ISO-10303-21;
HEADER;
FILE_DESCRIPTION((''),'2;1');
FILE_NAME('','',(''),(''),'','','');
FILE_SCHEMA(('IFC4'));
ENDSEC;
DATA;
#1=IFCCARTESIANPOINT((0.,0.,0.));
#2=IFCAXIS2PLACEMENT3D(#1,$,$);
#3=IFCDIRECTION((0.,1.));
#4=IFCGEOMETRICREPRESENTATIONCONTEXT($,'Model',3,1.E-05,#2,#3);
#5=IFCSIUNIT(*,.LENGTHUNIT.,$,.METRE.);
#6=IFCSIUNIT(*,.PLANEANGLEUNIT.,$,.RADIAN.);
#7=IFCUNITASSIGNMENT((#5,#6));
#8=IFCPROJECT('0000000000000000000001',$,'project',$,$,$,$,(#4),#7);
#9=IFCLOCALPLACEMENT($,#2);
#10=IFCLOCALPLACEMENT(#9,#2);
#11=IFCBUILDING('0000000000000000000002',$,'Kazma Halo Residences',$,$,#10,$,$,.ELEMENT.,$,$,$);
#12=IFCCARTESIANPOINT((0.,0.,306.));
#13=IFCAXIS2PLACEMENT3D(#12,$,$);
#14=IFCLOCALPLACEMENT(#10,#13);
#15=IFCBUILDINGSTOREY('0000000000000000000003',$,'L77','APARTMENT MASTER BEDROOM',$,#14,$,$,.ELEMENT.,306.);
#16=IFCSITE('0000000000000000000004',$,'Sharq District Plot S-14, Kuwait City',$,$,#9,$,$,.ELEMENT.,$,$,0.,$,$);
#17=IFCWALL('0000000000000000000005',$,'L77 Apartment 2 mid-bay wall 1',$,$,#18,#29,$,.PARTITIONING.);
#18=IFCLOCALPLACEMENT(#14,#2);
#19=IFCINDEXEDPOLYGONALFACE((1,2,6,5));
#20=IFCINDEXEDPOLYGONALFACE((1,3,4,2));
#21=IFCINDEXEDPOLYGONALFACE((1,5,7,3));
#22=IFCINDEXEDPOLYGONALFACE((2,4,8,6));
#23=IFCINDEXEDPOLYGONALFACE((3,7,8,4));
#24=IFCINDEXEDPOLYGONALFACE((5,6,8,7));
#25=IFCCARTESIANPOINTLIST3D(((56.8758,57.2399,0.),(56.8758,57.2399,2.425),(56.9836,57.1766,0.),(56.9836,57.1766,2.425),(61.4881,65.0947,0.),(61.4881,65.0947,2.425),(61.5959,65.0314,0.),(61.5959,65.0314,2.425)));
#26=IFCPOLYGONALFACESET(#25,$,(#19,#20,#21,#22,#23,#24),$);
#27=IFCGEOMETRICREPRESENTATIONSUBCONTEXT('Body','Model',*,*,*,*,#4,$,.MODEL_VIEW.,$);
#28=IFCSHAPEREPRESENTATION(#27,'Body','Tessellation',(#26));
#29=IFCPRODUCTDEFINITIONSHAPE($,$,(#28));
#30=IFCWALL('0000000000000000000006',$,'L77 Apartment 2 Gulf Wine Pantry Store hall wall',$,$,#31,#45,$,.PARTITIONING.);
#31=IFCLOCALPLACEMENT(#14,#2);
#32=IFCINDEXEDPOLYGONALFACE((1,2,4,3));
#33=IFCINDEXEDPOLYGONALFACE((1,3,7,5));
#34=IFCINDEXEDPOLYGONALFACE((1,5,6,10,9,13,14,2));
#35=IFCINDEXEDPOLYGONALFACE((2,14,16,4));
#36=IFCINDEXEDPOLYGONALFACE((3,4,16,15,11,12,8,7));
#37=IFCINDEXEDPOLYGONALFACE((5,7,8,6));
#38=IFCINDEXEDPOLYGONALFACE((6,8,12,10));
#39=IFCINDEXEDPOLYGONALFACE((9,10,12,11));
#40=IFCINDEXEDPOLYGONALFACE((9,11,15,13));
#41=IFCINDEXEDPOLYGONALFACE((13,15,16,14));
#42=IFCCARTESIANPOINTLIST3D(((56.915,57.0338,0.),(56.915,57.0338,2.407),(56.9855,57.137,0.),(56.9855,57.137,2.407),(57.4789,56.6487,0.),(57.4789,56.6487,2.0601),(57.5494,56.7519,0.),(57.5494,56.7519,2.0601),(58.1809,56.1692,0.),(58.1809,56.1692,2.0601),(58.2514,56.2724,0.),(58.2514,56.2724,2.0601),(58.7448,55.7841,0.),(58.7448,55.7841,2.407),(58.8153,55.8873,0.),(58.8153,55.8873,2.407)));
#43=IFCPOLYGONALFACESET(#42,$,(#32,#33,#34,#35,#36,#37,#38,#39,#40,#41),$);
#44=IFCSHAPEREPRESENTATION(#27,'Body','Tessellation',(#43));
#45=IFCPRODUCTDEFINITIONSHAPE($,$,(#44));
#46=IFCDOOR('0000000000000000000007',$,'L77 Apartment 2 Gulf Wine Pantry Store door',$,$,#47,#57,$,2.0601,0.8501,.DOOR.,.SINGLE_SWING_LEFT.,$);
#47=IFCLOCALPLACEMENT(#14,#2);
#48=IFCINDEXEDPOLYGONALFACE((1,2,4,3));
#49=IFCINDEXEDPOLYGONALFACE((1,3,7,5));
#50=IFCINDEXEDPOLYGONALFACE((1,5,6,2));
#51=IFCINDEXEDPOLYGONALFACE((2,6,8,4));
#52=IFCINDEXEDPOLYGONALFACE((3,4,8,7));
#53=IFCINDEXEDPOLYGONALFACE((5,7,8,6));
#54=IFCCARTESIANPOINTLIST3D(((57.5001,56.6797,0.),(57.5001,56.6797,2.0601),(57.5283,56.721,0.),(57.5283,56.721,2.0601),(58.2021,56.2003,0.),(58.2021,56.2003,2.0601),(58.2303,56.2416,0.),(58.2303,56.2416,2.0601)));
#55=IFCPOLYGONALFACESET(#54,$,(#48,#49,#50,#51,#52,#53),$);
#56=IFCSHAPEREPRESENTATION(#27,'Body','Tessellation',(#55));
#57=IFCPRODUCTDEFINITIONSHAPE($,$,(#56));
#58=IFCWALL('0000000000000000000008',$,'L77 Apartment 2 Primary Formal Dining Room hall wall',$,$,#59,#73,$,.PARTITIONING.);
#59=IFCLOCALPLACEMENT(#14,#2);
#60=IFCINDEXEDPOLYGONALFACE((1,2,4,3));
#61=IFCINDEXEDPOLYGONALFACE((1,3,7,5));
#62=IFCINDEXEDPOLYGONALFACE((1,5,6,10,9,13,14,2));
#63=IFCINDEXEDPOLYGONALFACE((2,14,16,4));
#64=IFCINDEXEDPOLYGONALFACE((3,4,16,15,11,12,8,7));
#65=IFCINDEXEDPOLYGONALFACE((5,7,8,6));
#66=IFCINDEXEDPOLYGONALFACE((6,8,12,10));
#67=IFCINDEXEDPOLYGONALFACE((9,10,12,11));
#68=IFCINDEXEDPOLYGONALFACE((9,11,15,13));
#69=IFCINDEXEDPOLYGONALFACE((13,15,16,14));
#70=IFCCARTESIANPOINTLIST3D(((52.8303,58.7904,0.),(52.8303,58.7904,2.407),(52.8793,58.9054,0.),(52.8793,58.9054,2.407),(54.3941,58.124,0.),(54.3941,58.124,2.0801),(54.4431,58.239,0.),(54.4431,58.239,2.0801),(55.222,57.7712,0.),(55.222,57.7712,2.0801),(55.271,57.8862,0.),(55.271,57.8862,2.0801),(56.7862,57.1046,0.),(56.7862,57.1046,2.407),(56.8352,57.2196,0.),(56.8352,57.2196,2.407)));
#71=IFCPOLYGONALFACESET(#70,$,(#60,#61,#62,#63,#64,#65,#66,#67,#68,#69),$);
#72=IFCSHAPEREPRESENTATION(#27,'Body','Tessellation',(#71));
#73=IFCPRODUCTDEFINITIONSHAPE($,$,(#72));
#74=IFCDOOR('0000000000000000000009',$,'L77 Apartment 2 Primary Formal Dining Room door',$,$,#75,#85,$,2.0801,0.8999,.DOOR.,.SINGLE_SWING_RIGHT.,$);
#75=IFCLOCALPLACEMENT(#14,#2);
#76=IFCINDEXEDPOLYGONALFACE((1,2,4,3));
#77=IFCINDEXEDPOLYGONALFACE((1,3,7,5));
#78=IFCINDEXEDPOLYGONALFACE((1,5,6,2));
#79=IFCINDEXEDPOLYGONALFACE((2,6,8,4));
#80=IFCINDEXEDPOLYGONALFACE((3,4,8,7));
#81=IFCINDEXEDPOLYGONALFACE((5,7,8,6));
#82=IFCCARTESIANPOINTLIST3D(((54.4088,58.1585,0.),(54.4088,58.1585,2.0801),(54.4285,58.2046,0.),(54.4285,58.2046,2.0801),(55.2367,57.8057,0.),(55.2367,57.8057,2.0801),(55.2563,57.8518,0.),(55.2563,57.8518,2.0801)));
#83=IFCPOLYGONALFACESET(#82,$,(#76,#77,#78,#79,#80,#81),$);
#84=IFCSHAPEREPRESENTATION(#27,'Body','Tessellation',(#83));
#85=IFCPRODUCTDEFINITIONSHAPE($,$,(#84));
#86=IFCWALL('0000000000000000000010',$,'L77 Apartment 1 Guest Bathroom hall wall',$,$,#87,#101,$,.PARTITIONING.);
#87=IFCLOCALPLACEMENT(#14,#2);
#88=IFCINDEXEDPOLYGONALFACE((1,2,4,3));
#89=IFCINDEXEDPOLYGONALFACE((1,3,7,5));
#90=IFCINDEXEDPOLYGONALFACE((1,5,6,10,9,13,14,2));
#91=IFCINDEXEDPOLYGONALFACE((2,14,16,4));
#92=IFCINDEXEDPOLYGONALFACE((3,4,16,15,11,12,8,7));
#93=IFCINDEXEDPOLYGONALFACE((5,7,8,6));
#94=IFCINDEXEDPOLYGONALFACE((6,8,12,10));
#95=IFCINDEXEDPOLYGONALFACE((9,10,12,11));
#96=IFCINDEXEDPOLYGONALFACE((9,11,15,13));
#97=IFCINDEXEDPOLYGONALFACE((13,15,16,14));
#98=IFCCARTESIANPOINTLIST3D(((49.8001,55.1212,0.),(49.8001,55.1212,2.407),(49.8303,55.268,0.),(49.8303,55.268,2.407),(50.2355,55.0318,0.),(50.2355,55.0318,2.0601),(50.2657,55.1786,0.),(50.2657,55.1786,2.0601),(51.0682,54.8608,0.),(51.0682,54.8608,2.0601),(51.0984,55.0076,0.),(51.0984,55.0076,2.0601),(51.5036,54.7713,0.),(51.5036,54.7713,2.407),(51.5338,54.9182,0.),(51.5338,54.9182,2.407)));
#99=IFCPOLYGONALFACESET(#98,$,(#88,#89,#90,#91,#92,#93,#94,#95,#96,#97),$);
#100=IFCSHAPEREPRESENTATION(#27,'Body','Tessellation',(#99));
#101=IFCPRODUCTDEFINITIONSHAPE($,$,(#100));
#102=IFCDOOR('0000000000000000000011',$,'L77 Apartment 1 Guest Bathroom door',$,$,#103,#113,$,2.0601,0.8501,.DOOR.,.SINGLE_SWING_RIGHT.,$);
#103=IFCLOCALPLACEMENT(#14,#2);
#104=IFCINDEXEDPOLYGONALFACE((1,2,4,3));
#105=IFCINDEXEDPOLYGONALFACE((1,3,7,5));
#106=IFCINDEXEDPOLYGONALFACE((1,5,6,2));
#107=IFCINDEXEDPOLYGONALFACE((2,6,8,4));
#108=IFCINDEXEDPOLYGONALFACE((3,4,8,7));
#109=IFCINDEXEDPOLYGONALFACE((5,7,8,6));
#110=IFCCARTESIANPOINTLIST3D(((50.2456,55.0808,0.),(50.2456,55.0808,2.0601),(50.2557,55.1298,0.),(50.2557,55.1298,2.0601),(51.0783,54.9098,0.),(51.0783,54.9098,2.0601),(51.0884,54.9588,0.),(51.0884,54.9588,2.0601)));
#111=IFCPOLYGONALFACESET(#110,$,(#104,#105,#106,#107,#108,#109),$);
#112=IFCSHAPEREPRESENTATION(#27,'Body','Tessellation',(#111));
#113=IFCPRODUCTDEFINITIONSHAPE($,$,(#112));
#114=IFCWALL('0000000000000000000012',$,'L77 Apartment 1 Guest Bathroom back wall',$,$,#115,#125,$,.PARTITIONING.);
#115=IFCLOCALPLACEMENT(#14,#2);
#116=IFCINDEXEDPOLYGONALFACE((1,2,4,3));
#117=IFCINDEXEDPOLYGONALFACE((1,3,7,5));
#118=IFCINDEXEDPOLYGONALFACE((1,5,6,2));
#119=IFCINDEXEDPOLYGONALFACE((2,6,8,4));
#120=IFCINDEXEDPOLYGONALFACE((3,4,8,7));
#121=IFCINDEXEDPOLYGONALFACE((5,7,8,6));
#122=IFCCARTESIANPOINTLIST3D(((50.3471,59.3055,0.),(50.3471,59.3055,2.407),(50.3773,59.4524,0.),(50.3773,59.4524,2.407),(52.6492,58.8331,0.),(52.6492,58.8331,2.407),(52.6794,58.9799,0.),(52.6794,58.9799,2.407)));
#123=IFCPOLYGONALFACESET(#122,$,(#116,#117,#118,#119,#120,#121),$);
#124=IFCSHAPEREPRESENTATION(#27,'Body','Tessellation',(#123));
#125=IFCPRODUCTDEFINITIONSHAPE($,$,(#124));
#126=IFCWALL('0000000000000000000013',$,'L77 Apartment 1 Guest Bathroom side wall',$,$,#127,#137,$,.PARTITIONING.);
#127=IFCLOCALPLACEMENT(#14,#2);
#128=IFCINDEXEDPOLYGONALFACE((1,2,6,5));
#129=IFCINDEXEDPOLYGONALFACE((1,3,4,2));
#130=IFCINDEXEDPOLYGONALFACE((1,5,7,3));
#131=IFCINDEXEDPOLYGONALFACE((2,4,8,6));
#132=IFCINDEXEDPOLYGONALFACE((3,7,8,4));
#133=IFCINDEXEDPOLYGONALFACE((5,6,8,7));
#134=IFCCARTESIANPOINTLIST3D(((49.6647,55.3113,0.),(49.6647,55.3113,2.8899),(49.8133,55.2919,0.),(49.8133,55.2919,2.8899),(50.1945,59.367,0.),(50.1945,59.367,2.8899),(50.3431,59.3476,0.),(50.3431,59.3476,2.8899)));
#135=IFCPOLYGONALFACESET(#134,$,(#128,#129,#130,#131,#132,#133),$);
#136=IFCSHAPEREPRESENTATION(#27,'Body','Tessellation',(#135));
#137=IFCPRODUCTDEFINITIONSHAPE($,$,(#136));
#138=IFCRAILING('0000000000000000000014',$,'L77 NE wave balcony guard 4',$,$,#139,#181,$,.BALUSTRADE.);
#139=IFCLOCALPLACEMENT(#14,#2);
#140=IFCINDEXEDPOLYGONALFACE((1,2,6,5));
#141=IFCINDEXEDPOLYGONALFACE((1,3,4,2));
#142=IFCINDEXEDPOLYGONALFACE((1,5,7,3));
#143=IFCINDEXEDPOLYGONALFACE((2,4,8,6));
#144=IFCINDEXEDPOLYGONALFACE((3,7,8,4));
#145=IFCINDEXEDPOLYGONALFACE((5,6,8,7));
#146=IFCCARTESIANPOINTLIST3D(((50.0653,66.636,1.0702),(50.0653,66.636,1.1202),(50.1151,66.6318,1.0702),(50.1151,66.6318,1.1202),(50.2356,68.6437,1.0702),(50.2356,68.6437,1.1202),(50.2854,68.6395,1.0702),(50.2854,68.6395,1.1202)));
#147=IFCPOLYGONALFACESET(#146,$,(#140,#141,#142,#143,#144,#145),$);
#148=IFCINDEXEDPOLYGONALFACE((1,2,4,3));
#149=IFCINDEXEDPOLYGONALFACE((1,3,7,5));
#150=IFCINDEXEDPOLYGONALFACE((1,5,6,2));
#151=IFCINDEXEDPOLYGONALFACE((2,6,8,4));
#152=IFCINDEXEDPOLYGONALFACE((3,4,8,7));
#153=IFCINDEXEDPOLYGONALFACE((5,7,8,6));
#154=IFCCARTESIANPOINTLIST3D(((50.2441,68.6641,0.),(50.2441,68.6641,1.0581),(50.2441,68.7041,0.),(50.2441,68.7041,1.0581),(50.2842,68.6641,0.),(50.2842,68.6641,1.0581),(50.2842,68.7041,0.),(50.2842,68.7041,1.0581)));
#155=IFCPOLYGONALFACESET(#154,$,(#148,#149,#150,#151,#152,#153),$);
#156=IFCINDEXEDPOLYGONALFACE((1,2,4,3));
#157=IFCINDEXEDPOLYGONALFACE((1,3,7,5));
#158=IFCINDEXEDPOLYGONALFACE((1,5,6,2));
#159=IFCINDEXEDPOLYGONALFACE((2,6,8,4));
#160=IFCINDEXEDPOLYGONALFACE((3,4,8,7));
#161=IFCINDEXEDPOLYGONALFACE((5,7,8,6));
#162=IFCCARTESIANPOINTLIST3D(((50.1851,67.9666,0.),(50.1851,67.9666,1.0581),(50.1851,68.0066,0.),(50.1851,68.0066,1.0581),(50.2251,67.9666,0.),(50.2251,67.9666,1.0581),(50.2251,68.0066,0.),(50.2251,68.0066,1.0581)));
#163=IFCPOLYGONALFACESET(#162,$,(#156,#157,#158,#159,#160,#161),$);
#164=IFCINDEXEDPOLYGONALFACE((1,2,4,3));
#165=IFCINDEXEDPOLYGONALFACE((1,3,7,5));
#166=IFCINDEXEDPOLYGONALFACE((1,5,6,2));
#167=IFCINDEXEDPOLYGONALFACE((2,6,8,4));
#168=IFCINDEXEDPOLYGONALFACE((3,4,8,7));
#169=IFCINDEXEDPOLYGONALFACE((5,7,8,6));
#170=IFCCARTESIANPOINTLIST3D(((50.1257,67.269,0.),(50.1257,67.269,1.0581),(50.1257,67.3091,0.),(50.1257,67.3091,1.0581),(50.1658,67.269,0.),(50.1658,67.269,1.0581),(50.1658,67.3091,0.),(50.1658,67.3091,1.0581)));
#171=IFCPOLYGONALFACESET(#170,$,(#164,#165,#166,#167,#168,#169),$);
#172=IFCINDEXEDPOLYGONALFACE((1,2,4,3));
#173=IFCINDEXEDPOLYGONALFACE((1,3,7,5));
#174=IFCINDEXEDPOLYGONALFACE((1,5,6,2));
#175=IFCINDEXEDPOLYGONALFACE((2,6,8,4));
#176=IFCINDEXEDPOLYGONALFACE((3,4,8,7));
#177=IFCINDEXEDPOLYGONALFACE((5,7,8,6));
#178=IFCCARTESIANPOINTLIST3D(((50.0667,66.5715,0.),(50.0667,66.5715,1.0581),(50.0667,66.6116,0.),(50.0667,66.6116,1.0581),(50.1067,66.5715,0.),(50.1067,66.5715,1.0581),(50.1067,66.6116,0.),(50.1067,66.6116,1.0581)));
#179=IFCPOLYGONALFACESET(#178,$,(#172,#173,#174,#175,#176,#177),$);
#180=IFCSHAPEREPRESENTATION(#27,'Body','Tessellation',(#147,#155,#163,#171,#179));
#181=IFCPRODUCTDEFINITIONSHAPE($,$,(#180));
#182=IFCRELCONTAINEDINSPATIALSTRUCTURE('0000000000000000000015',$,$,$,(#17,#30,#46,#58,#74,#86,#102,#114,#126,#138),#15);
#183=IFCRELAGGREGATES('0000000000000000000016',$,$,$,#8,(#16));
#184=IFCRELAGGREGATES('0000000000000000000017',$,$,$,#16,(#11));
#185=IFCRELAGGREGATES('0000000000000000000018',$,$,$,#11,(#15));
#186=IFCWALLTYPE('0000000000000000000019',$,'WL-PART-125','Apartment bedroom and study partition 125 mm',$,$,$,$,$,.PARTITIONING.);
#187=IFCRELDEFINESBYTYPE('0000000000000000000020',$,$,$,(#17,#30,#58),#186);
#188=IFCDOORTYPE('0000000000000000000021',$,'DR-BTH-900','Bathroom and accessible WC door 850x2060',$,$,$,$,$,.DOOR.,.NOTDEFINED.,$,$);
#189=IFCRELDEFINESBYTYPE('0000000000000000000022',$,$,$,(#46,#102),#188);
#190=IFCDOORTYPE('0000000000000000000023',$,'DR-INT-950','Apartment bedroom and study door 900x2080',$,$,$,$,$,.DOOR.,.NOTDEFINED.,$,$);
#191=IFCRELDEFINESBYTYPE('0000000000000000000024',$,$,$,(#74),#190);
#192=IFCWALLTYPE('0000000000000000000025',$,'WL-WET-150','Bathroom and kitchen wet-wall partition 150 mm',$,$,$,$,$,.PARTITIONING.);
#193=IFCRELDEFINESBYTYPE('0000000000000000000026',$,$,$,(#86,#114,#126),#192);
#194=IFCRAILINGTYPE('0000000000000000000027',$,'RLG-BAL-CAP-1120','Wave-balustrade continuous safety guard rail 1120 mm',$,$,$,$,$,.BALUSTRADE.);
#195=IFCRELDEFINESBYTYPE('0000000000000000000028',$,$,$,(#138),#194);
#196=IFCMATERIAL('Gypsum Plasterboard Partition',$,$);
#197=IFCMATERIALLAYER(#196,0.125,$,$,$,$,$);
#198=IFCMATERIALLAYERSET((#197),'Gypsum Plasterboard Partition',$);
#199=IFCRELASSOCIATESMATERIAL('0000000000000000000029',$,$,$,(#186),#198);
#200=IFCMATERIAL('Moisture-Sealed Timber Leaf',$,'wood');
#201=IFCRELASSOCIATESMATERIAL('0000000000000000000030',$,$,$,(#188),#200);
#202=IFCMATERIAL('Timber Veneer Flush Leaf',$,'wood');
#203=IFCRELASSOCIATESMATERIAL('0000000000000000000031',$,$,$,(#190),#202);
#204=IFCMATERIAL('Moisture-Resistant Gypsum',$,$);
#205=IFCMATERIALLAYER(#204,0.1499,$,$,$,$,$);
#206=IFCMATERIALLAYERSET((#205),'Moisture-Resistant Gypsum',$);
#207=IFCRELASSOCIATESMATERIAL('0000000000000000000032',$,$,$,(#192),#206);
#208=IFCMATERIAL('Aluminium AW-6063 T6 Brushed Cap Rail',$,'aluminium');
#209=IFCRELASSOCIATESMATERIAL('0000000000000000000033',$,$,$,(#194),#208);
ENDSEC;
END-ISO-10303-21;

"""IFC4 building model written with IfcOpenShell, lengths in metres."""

from ifc_helpers import new_model, si_unit, direction, frame, frame_2d, origin, origin_2d, place, context, subcontext, project, spatial, rectangle, extrude, material, layer, layer_set, type_object, element, fill, save


model = new_model("IFC4")

# Units and contexts
model_context = context("Model", 3, precision=1e-05, world=origin(), true_north=direction((0.0, 1.0)))
body_context = subcontext(model_context, "Body", "Model", "MODEL_VIEW")
ifc_project = project(units=[si_unit("LENGTHUNIT", "METRE"), si_unit("PLANEANGLEUNIT", "RADIAN")], contexts=[model_context])

# Site, building, storey
site_placement = place(None, origin())
site = spatial("IfcSite", under=ifc_project, at=site_placement, Name="Sharq District Plot S-14, Kuwait City", CompositionType="ELEMENT", RefElevation=0.0)
building_placement = place(site_placement, origin())
building = spatial("IfcBuilding", under=site, at=building_placement, Name="Kazma Halo Residences", CompositionType="ELEMENT")
storey_placement = place(building_placement, frame((0.0, 0.0, 306.0)))
storey = spatial("IfcBuildingStorey", under=building, at=storey_placement, Name="L77", Description="APARTMENT MASTER BEDROOM", CompositionType="ELEMENT", Elevation=306.0)

# Shared definitions
ifc_material_1 = material(Name="Gypsum Plasterboard Partition")
ifc_layer_1 = layer(ifc_material_1, 0.125)
ifc_layer_set_1 = layer_set([ifc_layer_1], Name="Gypsum Plasterboard Partition")
wall_type_1 = type_object("IfcWallType", Name="WL-PART-125", Description="Apartment bedroom and study partition 125 mm", PredefinedType="PARTITIONING", material=ifc_layer_set_1)
ifc_material_2 = material(Name="Moisture-Sealed Timber Leaf", Category="wood")
door_type_1 = type_object("IfcDoorType", Name="DR-BTH-900", Description="Bathroom and accessible WC door 850x2060", OperationType="NOTDEFINED", PredefinedType="DOOR", material=ifc_material_2)

# Wall
wall_1_placement = place(storey_placement, frame((56.9297, 57.2083, 0.0), z_axis=(0.0, 0.0, 1.0), x_axis=(0.506357, 0.862324, 0.0)))
element("IfcWall", 1, at=wall_1_placement, inside=storey, type_object=wall_type_1, Name="L77 Apartment 2 mid-bay wall 1", PredefinedType="PARTITIONING", context=body_context, shape_type="SweptSolid", body=[
    extrude(rectangle(XDim=9.1089, YDim=0.125, at=frame_2d((4.5544, 0.0))), origin(), (0.0, 0.0, 1.0), 2.425),
])

# Walls, openings, doors
wall_2_placement = place(storey_placement, frame((58.78, 55.8357, 0.0), z_axis=(0.0, 0.0, 1.0), x_axis=(-0.825777, 0.563996, 0.0)))
wall_2 = element("IfcWall", 2, at=wall_2_placement, inside=storey, type_object=wall_type_1, Name="L77 Apartment 2 Gulf Wine Pantry Store hall wall", PredefinedType="PARTITIONING", context=body_context, shape_type="SweptSolid", body=[
    extrude(rectangle(XDim=2.2158, YDim=0.125, at=frame_2d((1.1079, 0.0))), origin(), (0.0, 0.0, 1.0), 2.407),
])
opening_1_placement = place(wall_2_placement, frame((0.6829, 0.0, 0.0)))
opening_1 = element("IfcOpeningElement", 3, at=opening_1_placement, cuts=wall_2, PredefinedType="OPENING", context=body_context, shape_type="SweptSolid", body=[
    extrude(rectangle(XDim=0.8501, YDim=2.0601, at=frame_2d((0.425, 1.03))), frame((0.0, 0.0725, 0.0), z_axis=(0.0, -1.0, 0.0), x_axis=(1.0, 0.0, 0.0)), (0.0, 0.0, 1.0), 0.145),
])
door_1_placement = place(opening_1_placement, origin())
door_1 = element("IfcDoor", 4, at=door_1_placement, inside=storey, type_object=door_type_1, Name="L77 Apartment 2 Gulf Wine Pantry Store door", OperationType="SINGLE_SWING_LEFT", OverallHeight=2.0601, OverallWidth=0.8501, PredefinedType="DOOR", context=body_context, shape_type="SweptSolid", body=[
    extrude(rectangle(XDim=0.8501, YDim=2.0601, at=frame_2d((0.425, 1.03))), frame((0.0, 0.0249, 0.0), z_axis=(0.0, -1.0, 0.0), x_axis=(1.0, 0.0, 0.0)), (0.0, 0.0, 1.0), 0.05),
])
fill(opening_1, door_1)
wall_3_placement = place(storey_placement, frame((56.8105, 57.1621, 0.0), z_axis=(0.0, 0.0, 1.0), x_axis=(-0.919948, 0.392041, 0.0)))
wall_3 = element("IfcWall", 5, at=wall_3_placement, inside=storey, type_object=wall_type_1, Name="L77 Apartment 2 Primary Formal Dining Room hall wall", PredefinedType="PARTITIONING", context=body_context, shape_type="SweptSolid", body=[
    extrude(rectangle(XDim=4.3, YDim=0.125, at=frame_2d((2.1499, 0.0))), origin(), (0.0, 0.0, 1.0), 2.407),
])
opening_2_placement = place(wall_3_placement, frame((1.7002, 0.0, 0.0)))
opening_2 = element("IfcOpeningElement", 6, at=opening_2_placement, cuts=wall_3, PredefinedType="OPENING", context=body_context, shape_type="SweptSolid", body=[
    extrude(rectangle(XDim=0.8999, YDim=2.0801, at=frame_2d((0.45, 1.04))), frame((0.0, 0.0725, 0.0), z_axis=(0.0, -1.0, 0.0), x_axis=(1.0, 0.0, 0.0)), (0.0, 0.0, 1.0), 0.145),
])
ifc_material_3 = material(Name="Timber Veneer Flush Leaf", Category="wood")
door_type_2 = type_object("IfcDoorType", Name="DR-INT-950", Description="Apartment bedroom and study door 900x2080", OperationType="NOTDEFINED", PredefinedType="DOOR", material=ifc_material_3)
door_2_placement = place(opening_2_placement, origin())
door_2 = element("IfcDoor", 7, at=door_2_placement, inside=storey, type_object=door_type_2, Name="L77 Apartment 2 Primary Formal Dining Room door", OperationType="SINGLE_SWING_RIGHT", OverallHeight=2.0801, OverallWidth=0.8999, PredefinedType="DOOR", context=body_context, shape_type="SweptSolid", body=[
    extrude(rectangle(XDim=0.8999, YDim=2.0801, at=frame_2d((0.45, 1.04))), frame((0.0, 0.0249, 0.0), z_axis=(0.0, -1.0, 0.0), x_axis=(1.0, 0.0, 0.0)), (0.0, 0.0, 1.0), 0.05),
])
fill(opening_2, door_2)
ifc_material_4 = material(Name="Moisture-Resistant Gypsum")
ifc_layer_2 = layer(ifc_material_4, 0.1499)
ifc_layer_set_2 = layer_set([ifc_layer_2], Name="Moisture-Resistant Gypsum")
wall_type_2 = type_object("IfcWallType", Name="WL-WET-150", Description="Bathroom and kitchen wet-wall partition 150 mm", PredefinedType="PARTITIONING", material=ifc_layer_set_2)
wall_4_placement = place(storey_placement, frame((51.5188, 54.8447, 0.0), z_axis=(0.0, 0.0, 1.0), x_axis=(-0.979552, 0.201189, 0.0)))
wall_4 = element("IfcWall", 8, at=wall_4_placement, inside=storey, type_object=wall_type_2, Name="L77 Apartment 1 Guest Bathroom hall wall", PredefinedType="PARTITIONING", context=body_context, shape_type="SweptSolid", body=[
    extrude(rectangle(XDim=1.739, YDim=0.1499, at=frame_2d((0.8696, 0.0))), origin(), (0.0, 0.0, 1.0), 2.407),
])
opening_3_placement = place(wall_4_placement, frame((0.4446, 0.0, 0.0)))
opening_3 = element("IfcOpeningElement", 9, at=opening_3_placement, cuts=wall_4, PredefinedType="OPENING", context=body_context, shape_type="SweptSolid", body=[
    extrude(rectangle(XDim=0.8501, YDim=2.0601, at=frame_2d((0.425, 1.03))), frame((0.0, 0.085, 0.0), z_axis=(0.0, -1.0, 0.0), x_axis=(1.0, 0.0, 0.0)), (0.0, 0.0, 1.0), 0.1699),
])
door_3_placement = place(opening_3_placement, origin())
door_3 = element("IfcDoor", 10, at=door_3_placement, inside=storey, type_object=door_type_1, Name="L77 Apartment 1 Guest Bathroom door", OperationType="SINGLE_SWING_RIGHT", OverallHeight=2.0601, OverallWidth=0.8501, PredefinedType="DOOR", context=body_context, shape_type="SweptSolid", body=[
    extrude(rectangle(XDim=0.8501, YDim=2.0601, at=frame_2d((0.425, 1.03))), frame((0.0, 0.0249, 0.0), z_axis=(0.0, -1.0, 0.0), x_axis=(1.0, 0.0, 0.0)), (0.0, 0.0, 1.0), 0.05),
])
fill(opening_3, door_3)

# Walls
wall_5_placement = place(storey_placement, frame((52.6643, 58.9065, 0.0), z_axis=(0.0, 0.0, 1.0), x_axis=(-0.979585, 0.201029, 0.0)))
element("IfcWall", 11, at=wall_5_placement, inside=storey, type_object=wall_type_2, Name="L77 Apartment 1 Guest Bathroom back wall", PredefinedType="PARTITIONING", context=body_context, shape_type="SweptSolid", body=[
    extrude(rectangle(XDim=2.3501, YDim=0.1499, at=frame_2d((1.175, 0.0))), origin(), (0.0, 0.0, 1.0), 2.407),
])
wall_6_placement = place(storey_placement, frame((49.739, 55.3018, 0.0), z_axis=(0.0, 0.0, 1.0), x_axis=(0.129528, 0.991576, 0.0)))
element("IfcWall", 12, at=wall_6_placement, inside=storey, type_object=wall_type_2, Name="L77 Apartment 1 Guest Bathroom side wall", PredefinedType="PARTITIONING", context=body_context, shape_type="SweptSolid", body=[
    extrude(rectangle(XDim=4.0901, YDim=0.1499, at=frame_2d((2.0449, 0.0))), origin(), (0.0, 0.0, 1.0), 2.8899),
])

# Railing
ifc_material_5 = material(Name="Aluminium AW-6063 T6 Brushed Cap Rail", Category="aluminium")
railing_type = type_object("IfcRailingType", Name="RLG-BAL-CAP-1120", Description="Wave-balustrade continuous safety guard rail 1120 mm", PredefinedType="BALUSTRADE", material=ifc_material_5)
railing_1_placement = place(storey_placement, frame((50.2642, 68.6841, 0.0)))
element("IfcRailing", 13, at=railing_1_placement, inside=storey, type_object=railing_type, Name="L77 NE wave balcony guard 4", PredefinedType="BALUSTRADE", context=body_context, shape_type="SweptSolid", body=[
    extrude(rectangle(XDim=0.05, YDim=0.05, at=origin_2d()), frame((-0.0037, -0.0425, 1.0952), z_axis=(-0.084517, -0.996422, 0.0), x_axis=(0.996422, -0.084517, 0.0)), (0.0, 0.0, 1.0), 2.0149),
    extrude(rectangle(XDim=0.04, YDim=0.04, at=origin_2d()), origin(), (0.0, 0.0, 1.0), 1.0581),
    extrude(rectangle(XDim=0.04, YDim=0.04, at=origin_2d()), frame((-0.0591, -0.6975, 0.0)), (0.0, 0.0, 1.0), 1.0581),
    extrude(rectangle(XDim=0.04, YDim=0.04, at=origin_2d()), frame((-0.1184, -1.395, 0.0)), (0.0, 0.0, 1.0), 1.0581),
    extrude(rectangle(XDim=0.04, YDim=0.04, at=origin_2d()), frame((-0.1775, -2.0925, 0.0)), (0.0, 0.0, 1.0), 1.0581),
])

save(model, "model.ifc")
